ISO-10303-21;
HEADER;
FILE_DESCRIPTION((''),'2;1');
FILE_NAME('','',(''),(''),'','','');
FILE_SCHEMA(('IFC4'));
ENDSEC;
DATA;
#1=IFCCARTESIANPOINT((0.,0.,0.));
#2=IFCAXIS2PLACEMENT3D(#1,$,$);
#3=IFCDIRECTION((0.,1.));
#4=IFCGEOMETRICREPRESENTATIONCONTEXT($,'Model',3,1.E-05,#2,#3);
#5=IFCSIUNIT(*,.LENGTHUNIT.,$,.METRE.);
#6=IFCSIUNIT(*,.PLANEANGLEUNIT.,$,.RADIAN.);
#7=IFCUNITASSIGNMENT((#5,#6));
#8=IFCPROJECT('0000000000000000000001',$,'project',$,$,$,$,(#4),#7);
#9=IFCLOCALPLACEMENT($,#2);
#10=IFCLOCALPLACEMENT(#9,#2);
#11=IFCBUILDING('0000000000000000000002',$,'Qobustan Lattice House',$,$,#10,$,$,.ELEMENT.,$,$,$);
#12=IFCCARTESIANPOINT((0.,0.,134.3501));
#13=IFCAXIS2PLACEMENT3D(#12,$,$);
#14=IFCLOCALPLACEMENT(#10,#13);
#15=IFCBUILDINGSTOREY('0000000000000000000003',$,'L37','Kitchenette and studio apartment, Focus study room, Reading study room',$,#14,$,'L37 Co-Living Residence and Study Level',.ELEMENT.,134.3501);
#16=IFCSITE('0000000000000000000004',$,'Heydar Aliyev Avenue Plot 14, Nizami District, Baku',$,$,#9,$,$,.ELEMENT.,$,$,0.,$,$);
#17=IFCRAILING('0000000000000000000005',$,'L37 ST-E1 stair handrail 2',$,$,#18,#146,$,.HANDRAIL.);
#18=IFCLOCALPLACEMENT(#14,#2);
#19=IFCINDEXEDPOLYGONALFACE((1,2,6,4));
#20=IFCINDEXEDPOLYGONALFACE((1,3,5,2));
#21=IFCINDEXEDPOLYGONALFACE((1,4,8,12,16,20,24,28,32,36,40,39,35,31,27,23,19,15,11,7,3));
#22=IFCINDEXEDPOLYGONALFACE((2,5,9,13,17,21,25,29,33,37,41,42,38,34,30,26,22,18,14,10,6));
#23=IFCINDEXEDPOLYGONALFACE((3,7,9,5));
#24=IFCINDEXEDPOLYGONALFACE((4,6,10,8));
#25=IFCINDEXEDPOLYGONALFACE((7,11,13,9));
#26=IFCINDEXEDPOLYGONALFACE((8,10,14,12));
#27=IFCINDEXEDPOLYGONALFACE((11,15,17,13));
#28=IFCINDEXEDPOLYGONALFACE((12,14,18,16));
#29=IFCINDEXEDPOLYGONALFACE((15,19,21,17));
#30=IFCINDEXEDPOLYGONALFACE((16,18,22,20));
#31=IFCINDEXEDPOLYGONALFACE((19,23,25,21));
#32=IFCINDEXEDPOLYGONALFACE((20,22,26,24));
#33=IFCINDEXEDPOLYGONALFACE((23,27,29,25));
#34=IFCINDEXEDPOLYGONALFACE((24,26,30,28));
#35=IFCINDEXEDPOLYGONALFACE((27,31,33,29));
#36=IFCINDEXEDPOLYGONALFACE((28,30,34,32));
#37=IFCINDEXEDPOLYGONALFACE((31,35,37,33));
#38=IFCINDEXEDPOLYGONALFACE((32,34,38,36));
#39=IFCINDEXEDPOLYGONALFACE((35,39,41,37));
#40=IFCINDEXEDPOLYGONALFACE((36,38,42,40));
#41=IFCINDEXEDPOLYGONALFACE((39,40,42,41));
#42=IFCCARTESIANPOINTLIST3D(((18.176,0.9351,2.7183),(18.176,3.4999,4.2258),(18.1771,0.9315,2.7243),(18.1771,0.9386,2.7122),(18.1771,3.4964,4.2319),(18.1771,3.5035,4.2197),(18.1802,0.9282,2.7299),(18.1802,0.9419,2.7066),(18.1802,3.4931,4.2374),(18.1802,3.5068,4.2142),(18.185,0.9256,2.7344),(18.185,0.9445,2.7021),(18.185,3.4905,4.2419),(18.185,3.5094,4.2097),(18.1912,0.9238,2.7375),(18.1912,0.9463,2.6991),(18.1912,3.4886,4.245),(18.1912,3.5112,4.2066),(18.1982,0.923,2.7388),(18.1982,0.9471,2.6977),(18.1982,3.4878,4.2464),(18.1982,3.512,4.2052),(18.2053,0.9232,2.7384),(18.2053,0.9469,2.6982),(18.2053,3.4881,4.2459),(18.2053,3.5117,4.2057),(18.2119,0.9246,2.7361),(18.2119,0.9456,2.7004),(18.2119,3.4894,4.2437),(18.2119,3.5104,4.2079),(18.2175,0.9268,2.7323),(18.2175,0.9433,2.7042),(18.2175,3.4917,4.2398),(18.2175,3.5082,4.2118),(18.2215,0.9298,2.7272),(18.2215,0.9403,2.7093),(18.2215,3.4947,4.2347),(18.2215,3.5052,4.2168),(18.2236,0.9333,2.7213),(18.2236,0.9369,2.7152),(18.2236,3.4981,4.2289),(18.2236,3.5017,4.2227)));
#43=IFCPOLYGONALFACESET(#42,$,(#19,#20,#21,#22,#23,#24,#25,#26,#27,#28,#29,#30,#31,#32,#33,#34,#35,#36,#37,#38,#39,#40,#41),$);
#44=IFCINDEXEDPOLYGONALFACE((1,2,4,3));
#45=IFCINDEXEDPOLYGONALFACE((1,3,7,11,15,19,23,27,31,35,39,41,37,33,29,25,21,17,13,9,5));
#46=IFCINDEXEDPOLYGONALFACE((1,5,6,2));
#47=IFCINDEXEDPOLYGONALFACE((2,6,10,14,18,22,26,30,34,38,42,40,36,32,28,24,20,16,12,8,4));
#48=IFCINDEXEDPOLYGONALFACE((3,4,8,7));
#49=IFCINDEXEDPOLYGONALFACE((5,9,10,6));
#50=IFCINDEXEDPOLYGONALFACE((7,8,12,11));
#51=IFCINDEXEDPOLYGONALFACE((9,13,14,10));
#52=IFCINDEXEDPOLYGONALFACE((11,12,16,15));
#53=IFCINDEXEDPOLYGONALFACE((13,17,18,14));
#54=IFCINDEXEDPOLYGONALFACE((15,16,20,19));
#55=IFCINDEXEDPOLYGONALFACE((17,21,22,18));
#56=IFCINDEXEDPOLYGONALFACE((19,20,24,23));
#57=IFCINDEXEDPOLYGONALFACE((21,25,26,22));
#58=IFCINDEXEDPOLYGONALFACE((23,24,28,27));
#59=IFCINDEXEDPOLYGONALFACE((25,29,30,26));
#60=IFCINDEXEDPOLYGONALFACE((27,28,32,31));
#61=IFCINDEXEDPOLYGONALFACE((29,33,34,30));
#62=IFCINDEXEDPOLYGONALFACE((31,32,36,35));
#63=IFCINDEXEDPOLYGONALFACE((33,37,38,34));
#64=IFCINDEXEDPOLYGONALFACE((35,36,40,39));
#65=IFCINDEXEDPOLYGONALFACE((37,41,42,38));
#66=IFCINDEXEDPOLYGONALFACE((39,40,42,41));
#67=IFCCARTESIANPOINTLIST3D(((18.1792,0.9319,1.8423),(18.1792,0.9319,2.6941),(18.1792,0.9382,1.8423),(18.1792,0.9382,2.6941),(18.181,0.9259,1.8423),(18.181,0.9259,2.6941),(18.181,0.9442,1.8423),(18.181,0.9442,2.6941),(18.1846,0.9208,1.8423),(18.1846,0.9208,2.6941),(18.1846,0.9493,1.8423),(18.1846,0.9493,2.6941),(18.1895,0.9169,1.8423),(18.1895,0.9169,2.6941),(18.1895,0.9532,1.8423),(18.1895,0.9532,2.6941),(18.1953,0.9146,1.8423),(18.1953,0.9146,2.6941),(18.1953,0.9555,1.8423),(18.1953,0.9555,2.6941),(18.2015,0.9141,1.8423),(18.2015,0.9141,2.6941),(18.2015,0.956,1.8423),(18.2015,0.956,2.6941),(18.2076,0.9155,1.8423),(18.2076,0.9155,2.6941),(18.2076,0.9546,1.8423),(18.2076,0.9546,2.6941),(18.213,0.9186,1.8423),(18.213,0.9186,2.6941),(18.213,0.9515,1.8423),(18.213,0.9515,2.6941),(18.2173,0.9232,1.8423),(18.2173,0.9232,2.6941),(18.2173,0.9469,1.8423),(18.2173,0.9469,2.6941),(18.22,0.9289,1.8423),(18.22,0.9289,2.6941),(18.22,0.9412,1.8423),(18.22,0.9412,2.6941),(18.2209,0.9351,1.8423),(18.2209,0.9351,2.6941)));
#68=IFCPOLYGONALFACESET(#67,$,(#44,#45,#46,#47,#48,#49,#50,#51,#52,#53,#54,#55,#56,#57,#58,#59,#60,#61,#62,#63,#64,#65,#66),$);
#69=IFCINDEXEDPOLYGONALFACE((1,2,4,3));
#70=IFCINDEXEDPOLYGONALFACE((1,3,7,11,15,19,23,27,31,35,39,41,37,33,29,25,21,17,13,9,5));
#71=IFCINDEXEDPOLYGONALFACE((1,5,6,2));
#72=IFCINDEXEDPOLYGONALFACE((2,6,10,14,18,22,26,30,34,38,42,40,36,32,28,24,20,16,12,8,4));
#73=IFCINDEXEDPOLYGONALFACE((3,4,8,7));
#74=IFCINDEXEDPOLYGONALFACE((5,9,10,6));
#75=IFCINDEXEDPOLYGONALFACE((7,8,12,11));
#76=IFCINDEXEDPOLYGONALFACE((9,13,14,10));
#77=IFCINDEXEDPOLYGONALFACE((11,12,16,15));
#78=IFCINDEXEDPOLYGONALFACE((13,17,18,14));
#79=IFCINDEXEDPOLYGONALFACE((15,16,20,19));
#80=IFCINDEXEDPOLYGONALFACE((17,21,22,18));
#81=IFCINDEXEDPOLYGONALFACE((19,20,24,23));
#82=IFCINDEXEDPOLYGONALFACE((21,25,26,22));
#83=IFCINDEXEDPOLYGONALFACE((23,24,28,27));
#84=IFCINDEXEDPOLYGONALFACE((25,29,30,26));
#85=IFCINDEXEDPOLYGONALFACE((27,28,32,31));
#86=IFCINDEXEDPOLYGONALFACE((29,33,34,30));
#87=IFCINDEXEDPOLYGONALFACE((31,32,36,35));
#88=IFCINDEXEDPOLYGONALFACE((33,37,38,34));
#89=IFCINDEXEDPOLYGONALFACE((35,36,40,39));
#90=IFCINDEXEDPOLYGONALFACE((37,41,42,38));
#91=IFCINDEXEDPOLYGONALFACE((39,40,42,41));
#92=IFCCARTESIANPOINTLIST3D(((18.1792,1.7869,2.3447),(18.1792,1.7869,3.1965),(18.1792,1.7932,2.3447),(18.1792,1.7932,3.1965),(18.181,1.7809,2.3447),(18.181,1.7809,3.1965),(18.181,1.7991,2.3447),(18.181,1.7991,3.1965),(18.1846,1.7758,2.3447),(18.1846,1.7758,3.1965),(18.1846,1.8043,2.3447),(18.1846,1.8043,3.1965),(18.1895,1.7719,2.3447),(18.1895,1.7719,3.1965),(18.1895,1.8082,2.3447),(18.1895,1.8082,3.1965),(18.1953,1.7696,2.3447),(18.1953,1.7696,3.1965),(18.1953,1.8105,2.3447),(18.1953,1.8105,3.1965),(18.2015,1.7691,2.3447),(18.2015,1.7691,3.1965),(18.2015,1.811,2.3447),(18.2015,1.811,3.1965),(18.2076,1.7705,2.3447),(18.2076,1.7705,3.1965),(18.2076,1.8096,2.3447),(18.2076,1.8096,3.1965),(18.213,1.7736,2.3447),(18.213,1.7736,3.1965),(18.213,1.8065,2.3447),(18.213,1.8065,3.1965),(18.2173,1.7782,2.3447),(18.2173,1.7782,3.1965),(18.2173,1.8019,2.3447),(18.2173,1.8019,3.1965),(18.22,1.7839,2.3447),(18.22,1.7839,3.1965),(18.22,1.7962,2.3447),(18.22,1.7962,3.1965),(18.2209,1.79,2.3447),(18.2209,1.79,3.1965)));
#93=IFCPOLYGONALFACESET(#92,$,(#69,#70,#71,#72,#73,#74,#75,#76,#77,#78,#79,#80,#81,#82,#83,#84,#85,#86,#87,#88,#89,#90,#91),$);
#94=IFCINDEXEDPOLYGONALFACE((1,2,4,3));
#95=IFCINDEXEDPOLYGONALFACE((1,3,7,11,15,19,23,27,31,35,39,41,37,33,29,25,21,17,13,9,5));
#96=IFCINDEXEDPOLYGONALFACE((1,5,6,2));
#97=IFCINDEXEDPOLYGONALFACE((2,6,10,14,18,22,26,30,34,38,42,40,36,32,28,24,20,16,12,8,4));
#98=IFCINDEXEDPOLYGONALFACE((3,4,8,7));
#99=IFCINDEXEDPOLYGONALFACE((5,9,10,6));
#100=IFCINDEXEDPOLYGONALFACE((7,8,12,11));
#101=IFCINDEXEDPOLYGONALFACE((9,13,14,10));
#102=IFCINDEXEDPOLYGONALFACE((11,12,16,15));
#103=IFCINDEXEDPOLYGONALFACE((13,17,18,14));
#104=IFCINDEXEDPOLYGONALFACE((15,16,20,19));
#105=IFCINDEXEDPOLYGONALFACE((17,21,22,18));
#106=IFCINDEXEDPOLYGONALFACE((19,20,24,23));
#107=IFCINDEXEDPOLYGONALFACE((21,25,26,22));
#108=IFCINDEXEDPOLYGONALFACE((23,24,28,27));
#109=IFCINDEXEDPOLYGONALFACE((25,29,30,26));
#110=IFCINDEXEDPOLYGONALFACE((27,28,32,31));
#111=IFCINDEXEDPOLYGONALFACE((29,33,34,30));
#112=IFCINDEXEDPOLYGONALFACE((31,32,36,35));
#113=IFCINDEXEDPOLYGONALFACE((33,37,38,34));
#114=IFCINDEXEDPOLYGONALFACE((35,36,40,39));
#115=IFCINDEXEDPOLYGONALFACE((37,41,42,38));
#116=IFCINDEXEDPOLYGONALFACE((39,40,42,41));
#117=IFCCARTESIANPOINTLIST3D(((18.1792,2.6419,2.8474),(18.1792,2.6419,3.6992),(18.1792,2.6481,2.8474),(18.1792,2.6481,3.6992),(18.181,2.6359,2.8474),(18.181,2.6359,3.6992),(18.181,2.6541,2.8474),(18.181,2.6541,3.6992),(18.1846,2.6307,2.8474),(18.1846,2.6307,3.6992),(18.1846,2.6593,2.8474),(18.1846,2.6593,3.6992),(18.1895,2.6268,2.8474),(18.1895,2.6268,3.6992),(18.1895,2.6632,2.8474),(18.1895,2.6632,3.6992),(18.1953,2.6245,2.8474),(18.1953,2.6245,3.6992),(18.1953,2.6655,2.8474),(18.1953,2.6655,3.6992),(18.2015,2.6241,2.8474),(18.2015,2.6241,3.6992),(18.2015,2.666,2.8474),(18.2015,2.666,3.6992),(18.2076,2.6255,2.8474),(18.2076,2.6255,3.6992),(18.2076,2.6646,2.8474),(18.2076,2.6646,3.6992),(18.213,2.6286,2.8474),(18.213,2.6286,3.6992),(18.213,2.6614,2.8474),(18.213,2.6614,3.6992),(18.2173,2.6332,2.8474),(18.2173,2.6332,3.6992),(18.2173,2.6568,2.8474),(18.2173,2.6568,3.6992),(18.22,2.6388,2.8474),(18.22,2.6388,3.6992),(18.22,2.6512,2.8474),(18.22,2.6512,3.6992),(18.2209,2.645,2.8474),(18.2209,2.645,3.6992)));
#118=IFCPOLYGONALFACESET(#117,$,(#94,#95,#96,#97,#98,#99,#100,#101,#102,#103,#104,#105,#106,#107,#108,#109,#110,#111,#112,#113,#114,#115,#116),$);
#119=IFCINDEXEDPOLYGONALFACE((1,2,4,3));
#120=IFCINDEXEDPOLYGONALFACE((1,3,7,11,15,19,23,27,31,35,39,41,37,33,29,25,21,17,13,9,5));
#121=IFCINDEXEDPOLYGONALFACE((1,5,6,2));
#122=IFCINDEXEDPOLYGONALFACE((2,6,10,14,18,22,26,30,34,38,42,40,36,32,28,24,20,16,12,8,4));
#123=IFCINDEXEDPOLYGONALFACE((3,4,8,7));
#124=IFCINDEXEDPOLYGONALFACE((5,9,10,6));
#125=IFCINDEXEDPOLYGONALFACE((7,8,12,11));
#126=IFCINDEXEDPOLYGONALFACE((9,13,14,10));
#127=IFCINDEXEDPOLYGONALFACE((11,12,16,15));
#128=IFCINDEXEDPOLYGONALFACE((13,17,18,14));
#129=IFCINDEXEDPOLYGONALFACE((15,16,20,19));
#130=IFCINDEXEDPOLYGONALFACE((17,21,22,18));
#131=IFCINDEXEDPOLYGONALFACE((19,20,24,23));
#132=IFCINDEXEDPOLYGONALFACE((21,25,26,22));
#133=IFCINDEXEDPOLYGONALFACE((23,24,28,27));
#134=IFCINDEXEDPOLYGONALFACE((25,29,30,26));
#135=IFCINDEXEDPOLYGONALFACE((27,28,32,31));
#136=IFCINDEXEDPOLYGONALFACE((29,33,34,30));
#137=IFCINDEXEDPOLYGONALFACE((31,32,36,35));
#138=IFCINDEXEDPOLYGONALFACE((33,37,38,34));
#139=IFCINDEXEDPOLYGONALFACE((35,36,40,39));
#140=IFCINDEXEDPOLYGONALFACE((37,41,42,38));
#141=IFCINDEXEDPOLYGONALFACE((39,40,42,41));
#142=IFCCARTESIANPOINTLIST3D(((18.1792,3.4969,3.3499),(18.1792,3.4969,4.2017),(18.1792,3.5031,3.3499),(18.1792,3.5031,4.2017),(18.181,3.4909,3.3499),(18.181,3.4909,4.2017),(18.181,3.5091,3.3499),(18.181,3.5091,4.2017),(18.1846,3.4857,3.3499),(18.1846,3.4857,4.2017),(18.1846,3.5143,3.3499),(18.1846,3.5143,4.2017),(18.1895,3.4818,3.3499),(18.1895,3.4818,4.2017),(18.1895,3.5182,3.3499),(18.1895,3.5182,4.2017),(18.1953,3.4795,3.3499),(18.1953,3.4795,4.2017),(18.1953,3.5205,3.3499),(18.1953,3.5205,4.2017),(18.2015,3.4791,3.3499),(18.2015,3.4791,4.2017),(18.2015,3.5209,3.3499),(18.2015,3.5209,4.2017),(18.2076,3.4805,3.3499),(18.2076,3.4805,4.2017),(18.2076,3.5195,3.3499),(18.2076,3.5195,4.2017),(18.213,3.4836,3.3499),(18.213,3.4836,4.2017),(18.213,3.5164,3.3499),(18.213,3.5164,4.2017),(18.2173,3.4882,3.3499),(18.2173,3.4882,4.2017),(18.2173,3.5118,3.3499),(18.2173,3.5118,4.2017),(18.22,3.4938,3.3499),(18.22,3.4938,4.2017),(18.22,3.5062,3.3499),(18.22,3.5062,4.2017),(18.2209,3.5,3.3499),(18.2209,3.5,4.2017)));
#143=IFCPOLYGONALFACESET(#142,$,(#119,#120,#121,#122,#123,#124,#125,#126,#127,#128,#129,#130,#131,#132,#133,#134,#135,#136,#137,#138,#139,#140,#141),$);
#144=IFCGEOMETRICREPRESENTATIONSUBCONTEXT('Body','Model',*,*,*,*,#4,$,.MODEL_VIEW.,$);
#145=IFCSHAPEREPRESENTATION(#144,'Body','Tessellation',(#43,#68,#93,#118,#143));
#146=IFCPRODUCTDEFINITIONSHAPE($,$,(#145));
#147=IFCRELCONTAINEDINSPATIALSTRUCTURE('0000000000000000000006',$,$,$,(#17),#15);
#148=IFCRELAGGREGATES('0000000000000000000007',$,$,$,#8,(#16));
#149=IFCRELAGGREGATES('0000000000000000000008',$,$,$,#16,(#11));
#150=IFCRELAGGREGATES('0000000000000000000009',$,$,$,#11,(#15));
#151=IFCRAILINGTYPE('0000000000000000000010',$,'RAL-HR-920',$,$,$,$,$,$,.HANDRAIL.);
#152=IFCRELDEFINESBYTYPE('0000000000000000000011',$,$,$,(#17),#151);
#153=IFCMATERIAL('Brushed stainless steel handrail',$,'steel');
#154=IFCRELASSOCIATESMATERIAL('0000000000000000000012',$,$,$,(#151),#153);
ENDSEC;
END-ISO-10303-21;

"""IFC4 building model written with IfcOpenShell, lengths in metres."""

from ifc_helpers import new_model, si_unit, direction, frame, origin, origin_2d, place, context, subcontext, project, spatial, circle, extrude, material, type_object, element, save


model = new_model("IFC4")

# Units and contexts
model_context = context("Model", 3, precision=1e-05, world=origin(), true_north=direction((0.0, 1.0)))
body_context = subcontext(model_context, "Body", "Model", "MODEL_VIEW")
ifc_project = project(units=[si_unit("LENGTHUNIT", "METRE"), si_unit("PLANEANGLEUNIT", "RADIAN")], contexts=[model_context])

# Site, building, storey
site_placement = place(None, origin())
site = spatial("IfcSite", under=ifc_project, at=site_placement, Name="Heydar Aliyev Avenue Plot 14, Nizami District, Baku", CompositionType="ELEMENT", RefElevation=0.0)
building_placement = place(site_placement, origin())
building = spatial("IfcBuilding", under=site, at=building_placement, Name="Qobustan Lattice House", CompositionType="ELEMENT")
storey_placement = place(building_placement, frame((0.0, 0.0, 134.3501)))
storey = spatial("IfcBuildingStorey", under=building, at=storey_placement, Name="L37", Description="Kitchenette and studio apartment, Focus study room, Reading study room", LongName="L37 Co-Living Residence and Study Level", CompositionType="ELEMENT", Elevation=134.3501)

# Railing
ifc_material_1 = material(Name="Brushed stainless steel handrail", Category="steel")
railing_type_1 = type_object("IfcRailingType", Name="RAL-HR-920", PredefinedType="HANDRAIL", material=ifc_material_1)
railing_1_placement = place(storey_placement, frame((18.2, 0.9351, 1.8423)))
element("IfcRailing", 1, at=railing_1_placement, inside=storey, type_object=railing_type_1, Name="L37 ST-E1 stair handrail 2", PredefinedType="HANDRAIL", context=body_context, shape_type="SweptSolid", body=[
    extrude(circle(Radius=0.0239, at=origin_2d()), frame((0.0, 0.0, 0.876), z_axis=(0.0, 0.862113, 0.506715), x_axis=(-1.0, 0.0, 0.0)), (0.0, 0.0, 1.0), 2.9751),
    extrude(circle(Radius=0.021, at=origin_2d()), origin(), (0.0, 0.0, 1.0), 0.8518),
    extrude(circle(Radius=0.021, at=origin_2d()), frame((0.0, 0.855, 0.5024)), (0.0, 0.0, 1.0), 0.8518),
    extrude(circle(Radius=0.021, at=origin_2d()), frame((0.0, 1.71, 1.0051)), (0.0, 0.0, 1.0), 0.8518),
    extrude(circle(Radius=0.021, at=origin_2d()), frame((0.0, 2.5649, 1.5076)), (0.0, 0.0, 1.0), 0.8518),
])

save(model, "model.ifc")
